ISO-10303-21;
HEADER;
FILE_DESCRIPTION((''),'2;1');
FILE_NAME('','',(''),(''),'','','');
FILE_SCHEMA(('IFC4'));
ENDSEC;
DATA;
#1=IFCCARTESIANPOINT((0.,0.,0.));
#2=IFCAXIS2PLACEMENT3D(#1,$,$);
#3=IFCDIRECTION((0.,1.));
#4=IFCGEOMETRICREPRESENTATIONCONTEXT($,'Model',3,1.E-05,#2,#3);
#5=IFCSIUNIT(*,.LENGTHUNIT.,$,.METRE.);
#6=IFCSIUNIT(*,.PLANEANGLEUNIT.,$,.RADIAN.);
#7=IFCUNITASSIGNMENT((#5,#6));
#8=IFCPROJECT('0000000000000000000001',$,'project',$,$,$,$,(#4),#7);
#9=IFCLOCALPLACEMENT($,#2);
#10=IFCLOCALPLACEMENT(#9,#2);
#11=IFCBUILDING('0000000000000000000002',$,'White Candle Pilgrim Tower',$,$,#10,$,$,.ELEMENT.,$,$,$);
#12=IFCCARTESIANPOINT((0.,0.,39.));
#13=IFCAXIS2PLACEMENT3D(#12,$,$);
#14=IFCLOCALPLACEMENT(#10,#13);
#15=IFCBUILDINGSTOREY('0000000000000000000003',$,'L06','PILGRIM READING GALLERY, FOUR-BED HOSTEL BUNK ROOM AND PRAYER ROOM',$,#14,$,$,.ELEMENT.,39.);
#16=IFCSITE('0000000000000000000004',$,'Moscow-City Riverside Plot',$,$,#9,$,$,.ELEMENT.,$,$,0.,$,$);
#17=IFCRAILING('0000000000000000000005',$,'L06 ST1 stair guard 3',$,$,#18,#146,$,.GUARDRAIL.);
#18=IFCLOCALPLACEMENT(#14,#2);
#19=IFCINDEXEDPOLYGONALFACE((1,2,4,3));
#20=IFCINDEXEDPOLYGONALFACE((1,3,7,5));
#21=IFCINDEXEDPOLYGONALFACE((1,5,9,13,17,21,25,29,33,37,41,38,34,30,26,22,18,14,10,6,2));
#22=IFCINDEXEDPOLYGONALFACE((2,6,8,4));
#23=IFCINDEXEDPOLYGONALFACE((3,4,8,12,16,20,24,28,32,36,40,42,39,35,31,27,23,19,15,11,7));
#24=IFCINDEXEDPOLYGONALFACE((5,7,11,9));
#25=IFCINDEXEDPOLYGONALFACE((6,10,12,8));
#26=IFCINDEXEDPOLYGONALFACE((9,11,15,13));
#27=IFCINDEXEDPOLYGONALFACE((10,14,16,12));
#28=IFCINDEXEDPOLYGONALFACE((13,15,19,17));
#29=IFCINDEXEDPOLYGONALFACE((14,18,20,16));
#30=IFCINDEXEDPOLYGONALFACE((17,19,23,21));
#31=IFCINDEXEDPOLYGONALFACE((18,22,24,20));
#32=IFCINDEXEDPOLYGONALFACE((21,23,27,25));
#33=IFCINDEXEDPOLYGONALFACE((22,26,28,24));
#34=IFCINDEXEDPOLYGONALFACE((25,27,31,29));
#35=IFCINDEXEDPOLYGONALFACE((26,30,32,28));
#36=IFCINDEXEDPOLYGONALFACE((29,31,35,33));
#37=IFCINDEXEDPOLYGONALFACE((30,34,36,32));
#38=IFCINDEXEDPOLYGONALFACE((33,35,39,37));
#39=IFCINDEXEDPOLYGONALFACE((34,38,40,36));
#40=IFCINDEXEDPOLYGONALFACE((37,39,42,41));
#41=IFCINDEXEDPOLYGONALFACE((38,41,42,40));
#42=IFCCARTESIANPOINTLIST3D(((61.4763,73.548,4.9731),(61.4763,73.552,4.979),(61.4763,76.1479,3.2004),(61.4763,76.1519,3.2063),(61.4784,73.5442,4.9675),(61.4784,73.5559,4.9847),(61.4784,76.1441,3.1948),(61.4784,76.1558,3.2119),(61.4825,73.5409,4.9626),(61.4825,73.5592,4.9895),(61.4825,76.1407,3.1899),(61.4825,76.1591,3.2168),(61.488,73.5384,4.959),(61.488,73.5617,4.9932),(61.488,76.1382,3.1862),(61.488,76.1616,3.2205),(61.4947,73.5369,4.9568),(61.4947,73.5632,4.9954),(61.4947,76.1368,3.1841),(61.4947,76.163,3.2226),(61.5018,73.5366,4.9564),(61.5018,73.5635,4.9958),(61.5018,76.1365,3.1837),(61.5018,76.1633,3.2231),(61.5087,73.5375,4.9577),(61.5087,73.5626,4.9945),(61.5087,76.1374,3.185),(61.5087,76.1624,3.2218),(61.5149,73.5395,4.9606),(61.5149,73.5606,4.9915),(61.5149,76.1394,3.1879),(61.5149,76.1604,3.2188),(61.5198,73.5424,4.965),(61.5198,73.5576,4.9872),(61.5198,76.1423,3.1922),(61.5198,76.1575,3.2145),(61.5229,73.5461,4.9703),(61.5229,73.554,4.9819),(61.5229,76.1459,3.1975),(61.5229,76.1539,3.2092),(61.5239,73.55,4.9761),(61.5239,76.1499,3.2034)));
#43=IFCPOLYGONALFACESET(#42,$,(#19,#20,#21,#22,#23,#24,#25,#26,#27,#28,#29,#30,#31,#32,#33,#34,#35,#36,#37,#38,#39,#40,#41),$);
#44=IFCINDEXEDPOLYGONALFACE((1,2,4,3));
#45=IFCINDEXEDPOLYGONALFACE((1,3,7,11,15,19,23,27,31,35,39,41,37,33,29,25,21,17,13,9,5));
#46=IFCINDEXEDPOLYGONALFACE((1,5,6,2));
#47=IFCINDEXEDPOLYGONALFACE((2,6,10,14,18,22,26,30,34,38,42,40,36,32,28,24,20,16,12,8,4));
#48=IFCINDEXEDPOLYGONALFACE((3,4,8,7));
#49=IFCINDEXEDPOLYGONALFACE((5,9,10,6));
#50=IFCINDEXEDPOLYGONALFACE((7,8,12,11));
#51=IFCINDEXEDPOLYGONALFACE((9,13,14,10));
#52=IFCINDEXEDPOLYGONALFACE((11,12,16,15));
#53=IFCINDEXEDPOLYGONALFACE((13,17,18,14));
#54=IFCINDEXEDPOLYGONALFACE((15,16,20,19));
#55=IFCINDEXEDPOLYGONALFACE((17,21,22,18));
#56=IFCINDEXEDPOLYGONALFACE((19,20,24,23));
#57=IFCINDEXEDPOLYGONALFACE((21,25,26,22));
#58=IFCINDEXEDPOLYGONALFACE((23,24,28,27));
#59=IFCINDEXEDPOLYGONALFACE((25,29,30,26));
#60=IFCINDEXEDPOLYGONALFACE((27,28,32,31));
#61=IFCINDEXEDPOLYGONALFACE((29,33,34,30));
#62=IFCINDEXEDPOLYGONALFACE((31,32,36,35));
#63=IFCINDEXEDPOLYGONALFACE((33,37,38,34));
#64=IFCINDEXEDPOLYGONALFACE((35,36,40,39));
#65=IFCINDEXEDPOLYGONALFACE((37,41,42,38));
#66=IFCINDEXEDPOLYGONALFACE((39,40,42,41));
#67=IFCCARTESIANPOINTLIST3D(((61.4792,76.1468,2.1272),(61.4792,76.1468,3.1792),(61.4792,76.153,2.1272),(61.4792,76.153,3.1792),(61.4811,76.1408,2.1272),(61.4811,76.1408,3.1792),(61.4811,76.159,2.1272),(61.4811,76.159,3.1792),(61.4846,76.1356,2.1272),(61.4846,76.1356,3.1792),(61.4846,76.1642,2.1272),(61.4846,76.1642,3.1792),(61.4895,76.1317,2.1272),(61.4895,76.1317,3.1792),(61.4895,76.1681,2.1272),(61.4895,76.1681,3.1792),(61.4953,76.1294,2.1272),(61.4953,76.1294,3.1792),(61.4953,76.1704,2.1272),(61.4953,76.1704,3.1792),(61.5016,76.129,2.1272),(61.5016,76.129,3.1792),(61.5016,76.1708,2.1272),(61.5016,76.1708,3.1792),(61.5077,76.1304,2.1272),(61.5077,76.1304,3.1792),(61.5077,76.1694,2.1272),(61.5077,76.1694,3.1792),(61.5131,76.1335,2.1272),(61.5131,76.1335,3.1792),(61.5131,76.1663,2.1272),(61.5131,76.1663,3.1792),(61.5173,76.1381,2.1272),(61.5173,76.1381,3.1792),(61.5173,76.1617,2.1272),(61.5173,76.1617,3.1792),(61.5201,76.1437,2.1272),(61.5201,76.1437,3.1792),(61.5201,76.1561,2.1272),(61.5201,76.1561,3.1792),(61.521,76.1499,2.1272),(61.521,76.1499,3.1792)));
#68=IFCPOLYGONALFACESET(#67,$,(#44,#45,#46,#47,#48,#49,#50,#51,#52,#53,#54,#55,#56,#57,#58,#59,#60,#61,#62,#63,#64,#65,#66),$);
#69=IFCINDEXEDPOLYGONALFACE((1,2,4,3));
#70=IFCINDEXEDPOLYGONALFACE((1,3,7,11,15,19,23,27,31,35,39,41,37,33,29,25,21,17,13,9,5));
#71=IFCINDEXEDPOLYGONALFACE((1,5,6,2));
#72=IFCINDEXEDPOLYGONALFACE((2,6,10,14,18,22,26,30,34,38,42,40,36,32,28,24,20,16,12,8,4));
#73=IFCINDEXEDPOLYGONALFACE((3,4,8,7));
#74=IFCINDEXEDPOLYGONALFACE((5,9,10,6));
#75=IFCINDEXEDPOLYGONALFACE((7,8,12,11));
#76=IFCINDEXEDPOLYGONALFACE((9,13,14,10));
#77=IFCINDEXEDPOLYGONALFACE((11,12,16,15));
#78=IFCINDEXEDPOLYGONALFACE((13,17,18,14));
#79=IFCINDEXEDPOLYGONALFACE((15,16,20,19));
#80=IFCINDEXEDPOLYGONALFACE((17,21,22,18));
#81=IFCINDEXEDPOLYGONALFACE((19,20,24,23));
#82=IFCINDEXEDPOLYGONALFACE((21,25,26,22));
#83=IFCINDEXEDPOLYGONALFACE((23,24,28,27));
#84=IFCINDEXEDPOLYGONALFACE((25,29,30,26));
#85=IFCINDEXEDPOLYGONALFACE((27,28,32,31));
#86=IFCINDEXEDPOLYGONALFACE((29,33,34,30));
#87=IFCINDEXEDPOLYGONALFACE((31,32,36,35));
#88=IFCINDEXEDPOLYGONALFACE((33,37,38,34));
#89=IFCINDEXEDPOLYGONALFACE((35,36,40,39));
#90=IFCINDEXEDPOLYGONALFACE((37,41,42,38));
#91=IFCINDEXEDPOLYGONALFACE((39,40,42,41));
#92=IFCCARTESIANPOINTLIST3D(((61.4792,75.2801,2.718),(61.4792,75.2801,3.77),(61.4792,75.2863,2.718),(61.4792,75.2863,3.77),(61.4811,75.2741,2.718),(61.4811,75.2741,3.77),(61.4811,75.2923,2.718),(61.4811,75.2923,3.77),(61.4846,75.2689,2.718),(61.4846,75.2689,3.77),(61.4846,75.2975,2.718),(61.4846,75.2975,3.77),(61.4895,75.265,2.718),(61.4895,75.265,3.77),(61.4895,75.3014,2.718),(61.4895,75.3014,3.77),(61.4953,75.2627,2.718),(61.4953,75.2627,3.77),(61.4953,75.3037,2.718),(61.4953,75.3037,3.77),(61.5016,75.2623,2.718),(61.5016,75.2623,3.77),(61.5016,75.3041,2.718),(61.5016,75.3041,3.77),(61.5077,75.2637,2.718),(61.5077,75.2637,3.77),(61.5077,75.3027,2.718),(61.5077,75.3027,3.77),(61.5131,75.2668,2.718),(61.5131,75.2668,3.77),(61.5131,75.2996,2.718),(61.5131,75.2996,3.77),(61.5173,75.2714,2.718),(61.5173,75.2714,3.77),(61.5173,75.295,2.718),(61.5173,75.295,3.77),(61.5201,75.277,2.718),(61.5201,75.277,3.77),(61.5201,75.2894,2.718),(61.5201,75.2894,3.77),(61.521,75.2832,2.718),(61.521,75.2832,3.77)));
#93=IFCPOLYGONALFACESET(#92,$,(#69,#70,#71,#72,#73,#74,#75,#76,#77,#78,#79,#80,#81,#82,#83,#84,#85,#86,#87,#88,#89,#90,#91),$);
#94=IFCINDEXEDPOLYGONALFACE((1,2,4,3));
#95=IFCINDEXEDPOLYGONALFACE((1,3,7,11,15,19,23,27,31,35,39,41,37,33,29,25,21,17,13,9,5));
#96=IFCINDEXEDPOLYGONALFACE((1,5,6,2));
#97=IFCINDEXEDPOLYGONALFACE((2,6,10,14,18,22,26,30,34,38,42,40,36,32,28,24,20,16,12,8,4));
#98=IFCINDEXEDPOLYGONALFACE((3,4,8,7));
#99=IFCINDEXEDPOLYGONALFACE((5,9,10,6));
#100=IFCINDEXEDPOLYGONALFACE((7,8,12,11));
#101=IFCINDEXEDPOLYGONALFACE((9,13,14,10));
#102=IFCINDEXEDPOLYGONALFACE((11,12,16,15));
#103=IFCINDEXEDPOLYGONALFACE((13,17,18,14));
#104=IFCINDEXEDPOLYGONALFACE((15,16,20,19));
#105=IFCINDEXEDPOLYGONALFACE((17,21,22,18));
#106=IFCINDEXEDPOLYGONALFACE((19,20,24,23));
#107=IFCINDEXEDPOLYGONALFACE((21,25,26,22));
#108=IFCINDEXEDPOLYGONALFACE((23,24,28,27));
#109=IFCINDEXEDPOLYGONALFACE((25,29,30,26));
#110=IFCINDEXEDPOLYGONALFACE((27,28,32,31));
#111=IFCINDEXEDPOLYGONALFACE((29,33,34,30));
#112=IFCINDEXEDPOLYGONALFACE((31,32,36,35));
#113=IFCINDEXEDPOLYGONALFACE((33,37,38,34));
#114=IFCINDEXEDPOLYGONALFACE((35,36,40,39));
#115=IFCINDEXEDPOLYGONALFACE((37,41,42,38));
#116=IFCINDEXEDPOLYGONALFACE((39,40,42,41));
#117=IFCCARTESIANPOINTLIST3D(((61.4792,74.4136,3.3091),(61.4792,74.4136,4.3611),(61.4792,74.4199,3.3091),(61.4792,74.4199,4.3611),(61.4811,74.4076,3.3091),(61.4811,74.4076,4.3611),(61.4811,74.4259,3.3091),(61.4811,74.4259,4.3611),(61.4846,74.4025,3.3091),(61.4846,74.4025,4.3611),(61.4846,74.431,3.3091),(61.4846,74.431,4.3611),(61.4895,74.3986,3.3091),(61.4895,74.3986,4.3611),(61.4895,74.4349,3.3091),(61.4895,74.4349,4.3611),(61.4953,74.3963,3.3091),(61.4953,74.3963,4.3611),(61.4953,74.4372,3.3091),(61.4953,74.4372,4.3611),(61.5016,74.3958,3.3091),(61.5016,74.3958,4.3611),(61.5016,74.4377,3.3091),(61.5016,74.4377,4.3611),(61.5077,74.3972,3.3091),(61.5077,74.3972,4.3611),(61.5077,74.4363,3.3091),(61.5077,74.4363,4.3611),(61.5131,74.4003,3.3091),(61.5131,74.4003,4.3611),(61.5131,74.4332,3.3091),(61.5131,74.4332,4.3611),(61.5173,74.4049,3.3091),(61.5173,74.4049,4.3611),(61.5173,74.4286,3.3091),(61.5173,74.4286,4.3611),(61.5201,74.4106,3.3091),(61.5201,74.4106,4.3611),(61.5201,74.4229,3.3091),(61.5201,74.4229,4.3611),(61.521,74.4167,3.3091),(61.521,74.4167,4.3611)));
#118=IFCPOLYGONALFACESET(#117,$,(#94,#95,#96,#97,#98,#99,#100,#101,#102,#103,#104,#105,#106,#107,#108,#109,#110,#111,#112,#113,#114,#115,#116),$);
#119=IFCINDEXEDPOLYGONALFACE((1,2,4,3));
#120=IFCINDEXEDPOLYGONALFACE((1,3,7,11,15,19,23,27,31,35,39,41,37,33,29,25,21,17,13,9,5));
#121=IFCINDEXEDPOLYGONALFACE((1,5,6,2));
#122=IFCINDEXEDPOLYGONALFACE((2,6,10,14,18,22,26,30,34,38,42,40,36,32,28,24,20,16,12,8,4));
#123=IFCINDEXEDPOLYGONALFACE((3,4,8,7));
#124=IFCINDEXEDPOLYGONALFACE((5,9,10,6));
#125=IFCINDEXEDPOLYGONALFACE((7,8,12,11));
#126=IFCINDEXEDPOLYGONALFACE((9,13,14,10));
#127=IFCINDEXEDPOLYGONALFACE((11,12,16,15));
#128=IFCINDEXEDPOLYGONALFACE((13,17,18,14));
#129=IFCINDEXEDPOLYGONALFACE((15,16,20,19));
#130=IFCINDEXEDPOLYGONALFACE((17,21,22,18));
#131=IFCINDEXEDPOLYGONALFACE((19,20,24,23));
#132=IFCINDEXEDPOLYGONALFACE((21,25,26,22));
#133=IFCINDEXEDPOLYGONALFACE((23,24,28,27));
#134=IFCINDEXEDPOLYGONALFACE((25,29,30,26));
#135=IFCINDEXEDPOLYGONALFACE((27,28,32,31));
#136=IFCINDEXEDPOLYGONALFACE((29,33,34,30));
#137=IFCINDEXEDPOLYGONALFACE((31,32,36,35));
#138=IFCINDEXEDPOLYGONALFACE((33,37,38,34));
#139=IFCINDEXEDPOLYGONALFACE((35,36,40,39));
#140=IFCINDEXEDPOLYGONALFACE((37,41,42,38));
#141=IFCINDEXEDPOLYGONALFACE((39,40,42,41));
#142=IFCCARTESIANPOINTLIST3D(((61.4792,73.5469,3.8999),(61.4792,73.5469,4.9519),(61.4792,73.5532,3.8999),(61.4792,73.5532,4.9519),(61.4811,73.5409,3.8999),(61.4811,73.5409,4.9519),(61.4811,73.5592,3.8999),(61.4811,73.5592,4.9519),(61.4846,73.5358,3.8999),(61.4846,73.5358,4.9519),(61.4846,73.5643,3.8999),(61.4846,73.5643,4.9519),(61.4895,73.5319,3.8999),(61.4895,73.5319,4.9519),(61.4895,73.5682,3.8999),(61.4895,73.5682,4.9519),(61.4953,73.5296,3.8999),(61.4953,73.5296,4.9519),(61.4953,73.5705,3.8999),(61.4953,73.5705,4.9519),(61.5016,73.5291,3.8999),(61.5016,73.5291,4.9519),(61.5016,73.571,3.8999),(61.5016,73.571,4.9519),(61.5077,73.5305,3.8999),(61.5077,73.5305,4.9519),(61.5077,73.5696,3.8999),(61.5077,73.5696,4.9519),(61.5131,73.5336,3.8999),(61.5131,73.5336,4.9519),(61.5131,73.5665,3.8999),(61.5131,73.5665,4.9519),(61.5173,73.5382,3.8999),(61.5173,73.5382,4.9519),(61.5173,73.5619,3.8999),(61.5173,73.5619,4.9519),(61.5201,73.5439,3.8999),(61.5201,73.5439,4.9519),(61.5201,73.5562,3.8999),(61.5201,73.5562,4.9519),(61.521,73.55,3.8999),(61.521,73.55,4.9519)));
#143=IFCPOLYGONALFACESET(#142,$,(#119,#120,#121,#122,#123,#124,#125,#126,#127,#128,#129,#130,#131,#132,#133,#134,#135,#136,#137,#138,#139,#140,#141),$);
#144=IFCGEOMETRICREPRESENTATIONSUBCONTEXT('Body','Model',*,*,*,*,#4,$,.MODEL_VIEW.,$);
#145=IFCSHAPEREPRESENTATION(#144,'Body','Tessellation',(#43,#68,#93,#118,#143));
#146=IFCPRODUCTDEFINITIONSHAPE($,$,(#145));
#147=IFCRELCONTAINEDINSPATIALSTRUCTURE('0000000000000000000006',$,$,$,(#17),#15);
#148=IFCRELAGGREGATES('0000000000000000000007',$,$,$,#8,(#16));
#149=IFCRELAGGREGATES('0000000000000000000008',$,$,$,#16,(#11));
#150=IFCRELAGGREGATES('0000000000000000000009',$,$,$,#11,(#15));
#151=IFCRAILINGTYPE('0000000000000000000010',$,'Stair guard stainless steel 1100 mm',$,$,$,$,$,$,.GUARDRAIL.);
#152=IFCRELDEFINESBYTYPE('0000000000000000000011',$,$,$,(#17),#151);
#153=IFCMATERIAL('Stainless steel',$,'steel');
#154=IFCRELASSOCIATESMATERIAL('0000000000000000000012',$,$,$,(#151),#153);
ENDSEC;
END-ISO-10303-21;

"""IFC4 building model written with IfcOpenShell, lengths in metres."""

from ifc_helpers import new_model, si_unit, direction, frame, origin, origin_2d, place, context, subcontext, project, spatial, circle, extrude, material, type_object, element, save


model = new_model("IFC4")

# Units and contexts
model_context = context("Model", 3, precision=1e-05, world=origin(), true_north=direction((0.0, 1.0)))
body_context = subcontext(model_context, "Body", "Model", "MODEL_VIEW")
ifc_project = project(units=[si_unit("LENGTHUNIT", "METRE"), si_unit("PLANEANGLEUNIT", "RADIAN")], contexts=[model_context])

# Site, building, storey
site_placement = place(None, origin())
site = spatial("IfcSite", under=ifc_project, at=site_placement, Name="Moscow-City Riverside Plot", CompositionType="ELEMENT", RefElevation=0.0)
building_placement = place(site_placement, origin())
building = spatial("IfcBuilding", under=site, at=building_placement, Name="White Candle Pilgrim Tower", CompositionType="ELEMENT")
storey_placement = place(building_placement, frame((0.0, 0.0, 39.0)))
storey = spatial("IfcBuildingStorey", under=building, at=storey_placement, Name="L06", Description="PILGRIM READING GALLERY, FOUR-BED HOSTEL BUNK ROOM AND PRAYER ROOM", CompositionType="ELEMENT", Elevation=39.0)

# Railing
ifc_material_1 = material(Name="Stainless steel", Category="steel")
railing_type_1 = type_object("IfcRailingType", Name="Stair guard stainless steel 1100 mm", PredefinedType="GUARDRAIL", material=ifc_material_1)
railing_1_placement = place(storey_placement, frame((61.5, 76.1499, 2.1272)))
element("IfcRailing", 1, at=railing_1_placement, inside=storey, type_object=railing_type_1, Name="L06 ST1 stair guard 3", PredefinedType="GUARDRAIL", context=body_context, shape_type="SweptSolid", body=[
    extrude(circle(Radius=0.0239, at=origin_2d()), frame((0.0, 0.0, 1.0762), z_axis=(0.0, -0.826216, 0.563354), x_axis=(1.0, 0.0, 0.0)), (0.0, 0.0, 1.0), 3.1467),
    extrude(circle(Radius=0.021, at=origin_2d()), origin(), (0.0, 0.0, 1.0), 1.052),
    extrude(circle(Radius=0.021, at=origin_2d()), frame((0.0, -0.8667, 0.5908)), (0.0, 0.0, 1.0), 1.052),
    extrude(circle(Radius=0.021, at=origin_2d()), frame((0.0, -1.7332, 1.1819)), (0.0, 0.0, 1.0), 1.052),
    extrude(circle(Radius=0.021, at=origin_2d()), frame((0.0, -2.5999, 1.7727)), (0.0, 0.0, 1.0), 1.052),
])

save(model, "model.ifc")
